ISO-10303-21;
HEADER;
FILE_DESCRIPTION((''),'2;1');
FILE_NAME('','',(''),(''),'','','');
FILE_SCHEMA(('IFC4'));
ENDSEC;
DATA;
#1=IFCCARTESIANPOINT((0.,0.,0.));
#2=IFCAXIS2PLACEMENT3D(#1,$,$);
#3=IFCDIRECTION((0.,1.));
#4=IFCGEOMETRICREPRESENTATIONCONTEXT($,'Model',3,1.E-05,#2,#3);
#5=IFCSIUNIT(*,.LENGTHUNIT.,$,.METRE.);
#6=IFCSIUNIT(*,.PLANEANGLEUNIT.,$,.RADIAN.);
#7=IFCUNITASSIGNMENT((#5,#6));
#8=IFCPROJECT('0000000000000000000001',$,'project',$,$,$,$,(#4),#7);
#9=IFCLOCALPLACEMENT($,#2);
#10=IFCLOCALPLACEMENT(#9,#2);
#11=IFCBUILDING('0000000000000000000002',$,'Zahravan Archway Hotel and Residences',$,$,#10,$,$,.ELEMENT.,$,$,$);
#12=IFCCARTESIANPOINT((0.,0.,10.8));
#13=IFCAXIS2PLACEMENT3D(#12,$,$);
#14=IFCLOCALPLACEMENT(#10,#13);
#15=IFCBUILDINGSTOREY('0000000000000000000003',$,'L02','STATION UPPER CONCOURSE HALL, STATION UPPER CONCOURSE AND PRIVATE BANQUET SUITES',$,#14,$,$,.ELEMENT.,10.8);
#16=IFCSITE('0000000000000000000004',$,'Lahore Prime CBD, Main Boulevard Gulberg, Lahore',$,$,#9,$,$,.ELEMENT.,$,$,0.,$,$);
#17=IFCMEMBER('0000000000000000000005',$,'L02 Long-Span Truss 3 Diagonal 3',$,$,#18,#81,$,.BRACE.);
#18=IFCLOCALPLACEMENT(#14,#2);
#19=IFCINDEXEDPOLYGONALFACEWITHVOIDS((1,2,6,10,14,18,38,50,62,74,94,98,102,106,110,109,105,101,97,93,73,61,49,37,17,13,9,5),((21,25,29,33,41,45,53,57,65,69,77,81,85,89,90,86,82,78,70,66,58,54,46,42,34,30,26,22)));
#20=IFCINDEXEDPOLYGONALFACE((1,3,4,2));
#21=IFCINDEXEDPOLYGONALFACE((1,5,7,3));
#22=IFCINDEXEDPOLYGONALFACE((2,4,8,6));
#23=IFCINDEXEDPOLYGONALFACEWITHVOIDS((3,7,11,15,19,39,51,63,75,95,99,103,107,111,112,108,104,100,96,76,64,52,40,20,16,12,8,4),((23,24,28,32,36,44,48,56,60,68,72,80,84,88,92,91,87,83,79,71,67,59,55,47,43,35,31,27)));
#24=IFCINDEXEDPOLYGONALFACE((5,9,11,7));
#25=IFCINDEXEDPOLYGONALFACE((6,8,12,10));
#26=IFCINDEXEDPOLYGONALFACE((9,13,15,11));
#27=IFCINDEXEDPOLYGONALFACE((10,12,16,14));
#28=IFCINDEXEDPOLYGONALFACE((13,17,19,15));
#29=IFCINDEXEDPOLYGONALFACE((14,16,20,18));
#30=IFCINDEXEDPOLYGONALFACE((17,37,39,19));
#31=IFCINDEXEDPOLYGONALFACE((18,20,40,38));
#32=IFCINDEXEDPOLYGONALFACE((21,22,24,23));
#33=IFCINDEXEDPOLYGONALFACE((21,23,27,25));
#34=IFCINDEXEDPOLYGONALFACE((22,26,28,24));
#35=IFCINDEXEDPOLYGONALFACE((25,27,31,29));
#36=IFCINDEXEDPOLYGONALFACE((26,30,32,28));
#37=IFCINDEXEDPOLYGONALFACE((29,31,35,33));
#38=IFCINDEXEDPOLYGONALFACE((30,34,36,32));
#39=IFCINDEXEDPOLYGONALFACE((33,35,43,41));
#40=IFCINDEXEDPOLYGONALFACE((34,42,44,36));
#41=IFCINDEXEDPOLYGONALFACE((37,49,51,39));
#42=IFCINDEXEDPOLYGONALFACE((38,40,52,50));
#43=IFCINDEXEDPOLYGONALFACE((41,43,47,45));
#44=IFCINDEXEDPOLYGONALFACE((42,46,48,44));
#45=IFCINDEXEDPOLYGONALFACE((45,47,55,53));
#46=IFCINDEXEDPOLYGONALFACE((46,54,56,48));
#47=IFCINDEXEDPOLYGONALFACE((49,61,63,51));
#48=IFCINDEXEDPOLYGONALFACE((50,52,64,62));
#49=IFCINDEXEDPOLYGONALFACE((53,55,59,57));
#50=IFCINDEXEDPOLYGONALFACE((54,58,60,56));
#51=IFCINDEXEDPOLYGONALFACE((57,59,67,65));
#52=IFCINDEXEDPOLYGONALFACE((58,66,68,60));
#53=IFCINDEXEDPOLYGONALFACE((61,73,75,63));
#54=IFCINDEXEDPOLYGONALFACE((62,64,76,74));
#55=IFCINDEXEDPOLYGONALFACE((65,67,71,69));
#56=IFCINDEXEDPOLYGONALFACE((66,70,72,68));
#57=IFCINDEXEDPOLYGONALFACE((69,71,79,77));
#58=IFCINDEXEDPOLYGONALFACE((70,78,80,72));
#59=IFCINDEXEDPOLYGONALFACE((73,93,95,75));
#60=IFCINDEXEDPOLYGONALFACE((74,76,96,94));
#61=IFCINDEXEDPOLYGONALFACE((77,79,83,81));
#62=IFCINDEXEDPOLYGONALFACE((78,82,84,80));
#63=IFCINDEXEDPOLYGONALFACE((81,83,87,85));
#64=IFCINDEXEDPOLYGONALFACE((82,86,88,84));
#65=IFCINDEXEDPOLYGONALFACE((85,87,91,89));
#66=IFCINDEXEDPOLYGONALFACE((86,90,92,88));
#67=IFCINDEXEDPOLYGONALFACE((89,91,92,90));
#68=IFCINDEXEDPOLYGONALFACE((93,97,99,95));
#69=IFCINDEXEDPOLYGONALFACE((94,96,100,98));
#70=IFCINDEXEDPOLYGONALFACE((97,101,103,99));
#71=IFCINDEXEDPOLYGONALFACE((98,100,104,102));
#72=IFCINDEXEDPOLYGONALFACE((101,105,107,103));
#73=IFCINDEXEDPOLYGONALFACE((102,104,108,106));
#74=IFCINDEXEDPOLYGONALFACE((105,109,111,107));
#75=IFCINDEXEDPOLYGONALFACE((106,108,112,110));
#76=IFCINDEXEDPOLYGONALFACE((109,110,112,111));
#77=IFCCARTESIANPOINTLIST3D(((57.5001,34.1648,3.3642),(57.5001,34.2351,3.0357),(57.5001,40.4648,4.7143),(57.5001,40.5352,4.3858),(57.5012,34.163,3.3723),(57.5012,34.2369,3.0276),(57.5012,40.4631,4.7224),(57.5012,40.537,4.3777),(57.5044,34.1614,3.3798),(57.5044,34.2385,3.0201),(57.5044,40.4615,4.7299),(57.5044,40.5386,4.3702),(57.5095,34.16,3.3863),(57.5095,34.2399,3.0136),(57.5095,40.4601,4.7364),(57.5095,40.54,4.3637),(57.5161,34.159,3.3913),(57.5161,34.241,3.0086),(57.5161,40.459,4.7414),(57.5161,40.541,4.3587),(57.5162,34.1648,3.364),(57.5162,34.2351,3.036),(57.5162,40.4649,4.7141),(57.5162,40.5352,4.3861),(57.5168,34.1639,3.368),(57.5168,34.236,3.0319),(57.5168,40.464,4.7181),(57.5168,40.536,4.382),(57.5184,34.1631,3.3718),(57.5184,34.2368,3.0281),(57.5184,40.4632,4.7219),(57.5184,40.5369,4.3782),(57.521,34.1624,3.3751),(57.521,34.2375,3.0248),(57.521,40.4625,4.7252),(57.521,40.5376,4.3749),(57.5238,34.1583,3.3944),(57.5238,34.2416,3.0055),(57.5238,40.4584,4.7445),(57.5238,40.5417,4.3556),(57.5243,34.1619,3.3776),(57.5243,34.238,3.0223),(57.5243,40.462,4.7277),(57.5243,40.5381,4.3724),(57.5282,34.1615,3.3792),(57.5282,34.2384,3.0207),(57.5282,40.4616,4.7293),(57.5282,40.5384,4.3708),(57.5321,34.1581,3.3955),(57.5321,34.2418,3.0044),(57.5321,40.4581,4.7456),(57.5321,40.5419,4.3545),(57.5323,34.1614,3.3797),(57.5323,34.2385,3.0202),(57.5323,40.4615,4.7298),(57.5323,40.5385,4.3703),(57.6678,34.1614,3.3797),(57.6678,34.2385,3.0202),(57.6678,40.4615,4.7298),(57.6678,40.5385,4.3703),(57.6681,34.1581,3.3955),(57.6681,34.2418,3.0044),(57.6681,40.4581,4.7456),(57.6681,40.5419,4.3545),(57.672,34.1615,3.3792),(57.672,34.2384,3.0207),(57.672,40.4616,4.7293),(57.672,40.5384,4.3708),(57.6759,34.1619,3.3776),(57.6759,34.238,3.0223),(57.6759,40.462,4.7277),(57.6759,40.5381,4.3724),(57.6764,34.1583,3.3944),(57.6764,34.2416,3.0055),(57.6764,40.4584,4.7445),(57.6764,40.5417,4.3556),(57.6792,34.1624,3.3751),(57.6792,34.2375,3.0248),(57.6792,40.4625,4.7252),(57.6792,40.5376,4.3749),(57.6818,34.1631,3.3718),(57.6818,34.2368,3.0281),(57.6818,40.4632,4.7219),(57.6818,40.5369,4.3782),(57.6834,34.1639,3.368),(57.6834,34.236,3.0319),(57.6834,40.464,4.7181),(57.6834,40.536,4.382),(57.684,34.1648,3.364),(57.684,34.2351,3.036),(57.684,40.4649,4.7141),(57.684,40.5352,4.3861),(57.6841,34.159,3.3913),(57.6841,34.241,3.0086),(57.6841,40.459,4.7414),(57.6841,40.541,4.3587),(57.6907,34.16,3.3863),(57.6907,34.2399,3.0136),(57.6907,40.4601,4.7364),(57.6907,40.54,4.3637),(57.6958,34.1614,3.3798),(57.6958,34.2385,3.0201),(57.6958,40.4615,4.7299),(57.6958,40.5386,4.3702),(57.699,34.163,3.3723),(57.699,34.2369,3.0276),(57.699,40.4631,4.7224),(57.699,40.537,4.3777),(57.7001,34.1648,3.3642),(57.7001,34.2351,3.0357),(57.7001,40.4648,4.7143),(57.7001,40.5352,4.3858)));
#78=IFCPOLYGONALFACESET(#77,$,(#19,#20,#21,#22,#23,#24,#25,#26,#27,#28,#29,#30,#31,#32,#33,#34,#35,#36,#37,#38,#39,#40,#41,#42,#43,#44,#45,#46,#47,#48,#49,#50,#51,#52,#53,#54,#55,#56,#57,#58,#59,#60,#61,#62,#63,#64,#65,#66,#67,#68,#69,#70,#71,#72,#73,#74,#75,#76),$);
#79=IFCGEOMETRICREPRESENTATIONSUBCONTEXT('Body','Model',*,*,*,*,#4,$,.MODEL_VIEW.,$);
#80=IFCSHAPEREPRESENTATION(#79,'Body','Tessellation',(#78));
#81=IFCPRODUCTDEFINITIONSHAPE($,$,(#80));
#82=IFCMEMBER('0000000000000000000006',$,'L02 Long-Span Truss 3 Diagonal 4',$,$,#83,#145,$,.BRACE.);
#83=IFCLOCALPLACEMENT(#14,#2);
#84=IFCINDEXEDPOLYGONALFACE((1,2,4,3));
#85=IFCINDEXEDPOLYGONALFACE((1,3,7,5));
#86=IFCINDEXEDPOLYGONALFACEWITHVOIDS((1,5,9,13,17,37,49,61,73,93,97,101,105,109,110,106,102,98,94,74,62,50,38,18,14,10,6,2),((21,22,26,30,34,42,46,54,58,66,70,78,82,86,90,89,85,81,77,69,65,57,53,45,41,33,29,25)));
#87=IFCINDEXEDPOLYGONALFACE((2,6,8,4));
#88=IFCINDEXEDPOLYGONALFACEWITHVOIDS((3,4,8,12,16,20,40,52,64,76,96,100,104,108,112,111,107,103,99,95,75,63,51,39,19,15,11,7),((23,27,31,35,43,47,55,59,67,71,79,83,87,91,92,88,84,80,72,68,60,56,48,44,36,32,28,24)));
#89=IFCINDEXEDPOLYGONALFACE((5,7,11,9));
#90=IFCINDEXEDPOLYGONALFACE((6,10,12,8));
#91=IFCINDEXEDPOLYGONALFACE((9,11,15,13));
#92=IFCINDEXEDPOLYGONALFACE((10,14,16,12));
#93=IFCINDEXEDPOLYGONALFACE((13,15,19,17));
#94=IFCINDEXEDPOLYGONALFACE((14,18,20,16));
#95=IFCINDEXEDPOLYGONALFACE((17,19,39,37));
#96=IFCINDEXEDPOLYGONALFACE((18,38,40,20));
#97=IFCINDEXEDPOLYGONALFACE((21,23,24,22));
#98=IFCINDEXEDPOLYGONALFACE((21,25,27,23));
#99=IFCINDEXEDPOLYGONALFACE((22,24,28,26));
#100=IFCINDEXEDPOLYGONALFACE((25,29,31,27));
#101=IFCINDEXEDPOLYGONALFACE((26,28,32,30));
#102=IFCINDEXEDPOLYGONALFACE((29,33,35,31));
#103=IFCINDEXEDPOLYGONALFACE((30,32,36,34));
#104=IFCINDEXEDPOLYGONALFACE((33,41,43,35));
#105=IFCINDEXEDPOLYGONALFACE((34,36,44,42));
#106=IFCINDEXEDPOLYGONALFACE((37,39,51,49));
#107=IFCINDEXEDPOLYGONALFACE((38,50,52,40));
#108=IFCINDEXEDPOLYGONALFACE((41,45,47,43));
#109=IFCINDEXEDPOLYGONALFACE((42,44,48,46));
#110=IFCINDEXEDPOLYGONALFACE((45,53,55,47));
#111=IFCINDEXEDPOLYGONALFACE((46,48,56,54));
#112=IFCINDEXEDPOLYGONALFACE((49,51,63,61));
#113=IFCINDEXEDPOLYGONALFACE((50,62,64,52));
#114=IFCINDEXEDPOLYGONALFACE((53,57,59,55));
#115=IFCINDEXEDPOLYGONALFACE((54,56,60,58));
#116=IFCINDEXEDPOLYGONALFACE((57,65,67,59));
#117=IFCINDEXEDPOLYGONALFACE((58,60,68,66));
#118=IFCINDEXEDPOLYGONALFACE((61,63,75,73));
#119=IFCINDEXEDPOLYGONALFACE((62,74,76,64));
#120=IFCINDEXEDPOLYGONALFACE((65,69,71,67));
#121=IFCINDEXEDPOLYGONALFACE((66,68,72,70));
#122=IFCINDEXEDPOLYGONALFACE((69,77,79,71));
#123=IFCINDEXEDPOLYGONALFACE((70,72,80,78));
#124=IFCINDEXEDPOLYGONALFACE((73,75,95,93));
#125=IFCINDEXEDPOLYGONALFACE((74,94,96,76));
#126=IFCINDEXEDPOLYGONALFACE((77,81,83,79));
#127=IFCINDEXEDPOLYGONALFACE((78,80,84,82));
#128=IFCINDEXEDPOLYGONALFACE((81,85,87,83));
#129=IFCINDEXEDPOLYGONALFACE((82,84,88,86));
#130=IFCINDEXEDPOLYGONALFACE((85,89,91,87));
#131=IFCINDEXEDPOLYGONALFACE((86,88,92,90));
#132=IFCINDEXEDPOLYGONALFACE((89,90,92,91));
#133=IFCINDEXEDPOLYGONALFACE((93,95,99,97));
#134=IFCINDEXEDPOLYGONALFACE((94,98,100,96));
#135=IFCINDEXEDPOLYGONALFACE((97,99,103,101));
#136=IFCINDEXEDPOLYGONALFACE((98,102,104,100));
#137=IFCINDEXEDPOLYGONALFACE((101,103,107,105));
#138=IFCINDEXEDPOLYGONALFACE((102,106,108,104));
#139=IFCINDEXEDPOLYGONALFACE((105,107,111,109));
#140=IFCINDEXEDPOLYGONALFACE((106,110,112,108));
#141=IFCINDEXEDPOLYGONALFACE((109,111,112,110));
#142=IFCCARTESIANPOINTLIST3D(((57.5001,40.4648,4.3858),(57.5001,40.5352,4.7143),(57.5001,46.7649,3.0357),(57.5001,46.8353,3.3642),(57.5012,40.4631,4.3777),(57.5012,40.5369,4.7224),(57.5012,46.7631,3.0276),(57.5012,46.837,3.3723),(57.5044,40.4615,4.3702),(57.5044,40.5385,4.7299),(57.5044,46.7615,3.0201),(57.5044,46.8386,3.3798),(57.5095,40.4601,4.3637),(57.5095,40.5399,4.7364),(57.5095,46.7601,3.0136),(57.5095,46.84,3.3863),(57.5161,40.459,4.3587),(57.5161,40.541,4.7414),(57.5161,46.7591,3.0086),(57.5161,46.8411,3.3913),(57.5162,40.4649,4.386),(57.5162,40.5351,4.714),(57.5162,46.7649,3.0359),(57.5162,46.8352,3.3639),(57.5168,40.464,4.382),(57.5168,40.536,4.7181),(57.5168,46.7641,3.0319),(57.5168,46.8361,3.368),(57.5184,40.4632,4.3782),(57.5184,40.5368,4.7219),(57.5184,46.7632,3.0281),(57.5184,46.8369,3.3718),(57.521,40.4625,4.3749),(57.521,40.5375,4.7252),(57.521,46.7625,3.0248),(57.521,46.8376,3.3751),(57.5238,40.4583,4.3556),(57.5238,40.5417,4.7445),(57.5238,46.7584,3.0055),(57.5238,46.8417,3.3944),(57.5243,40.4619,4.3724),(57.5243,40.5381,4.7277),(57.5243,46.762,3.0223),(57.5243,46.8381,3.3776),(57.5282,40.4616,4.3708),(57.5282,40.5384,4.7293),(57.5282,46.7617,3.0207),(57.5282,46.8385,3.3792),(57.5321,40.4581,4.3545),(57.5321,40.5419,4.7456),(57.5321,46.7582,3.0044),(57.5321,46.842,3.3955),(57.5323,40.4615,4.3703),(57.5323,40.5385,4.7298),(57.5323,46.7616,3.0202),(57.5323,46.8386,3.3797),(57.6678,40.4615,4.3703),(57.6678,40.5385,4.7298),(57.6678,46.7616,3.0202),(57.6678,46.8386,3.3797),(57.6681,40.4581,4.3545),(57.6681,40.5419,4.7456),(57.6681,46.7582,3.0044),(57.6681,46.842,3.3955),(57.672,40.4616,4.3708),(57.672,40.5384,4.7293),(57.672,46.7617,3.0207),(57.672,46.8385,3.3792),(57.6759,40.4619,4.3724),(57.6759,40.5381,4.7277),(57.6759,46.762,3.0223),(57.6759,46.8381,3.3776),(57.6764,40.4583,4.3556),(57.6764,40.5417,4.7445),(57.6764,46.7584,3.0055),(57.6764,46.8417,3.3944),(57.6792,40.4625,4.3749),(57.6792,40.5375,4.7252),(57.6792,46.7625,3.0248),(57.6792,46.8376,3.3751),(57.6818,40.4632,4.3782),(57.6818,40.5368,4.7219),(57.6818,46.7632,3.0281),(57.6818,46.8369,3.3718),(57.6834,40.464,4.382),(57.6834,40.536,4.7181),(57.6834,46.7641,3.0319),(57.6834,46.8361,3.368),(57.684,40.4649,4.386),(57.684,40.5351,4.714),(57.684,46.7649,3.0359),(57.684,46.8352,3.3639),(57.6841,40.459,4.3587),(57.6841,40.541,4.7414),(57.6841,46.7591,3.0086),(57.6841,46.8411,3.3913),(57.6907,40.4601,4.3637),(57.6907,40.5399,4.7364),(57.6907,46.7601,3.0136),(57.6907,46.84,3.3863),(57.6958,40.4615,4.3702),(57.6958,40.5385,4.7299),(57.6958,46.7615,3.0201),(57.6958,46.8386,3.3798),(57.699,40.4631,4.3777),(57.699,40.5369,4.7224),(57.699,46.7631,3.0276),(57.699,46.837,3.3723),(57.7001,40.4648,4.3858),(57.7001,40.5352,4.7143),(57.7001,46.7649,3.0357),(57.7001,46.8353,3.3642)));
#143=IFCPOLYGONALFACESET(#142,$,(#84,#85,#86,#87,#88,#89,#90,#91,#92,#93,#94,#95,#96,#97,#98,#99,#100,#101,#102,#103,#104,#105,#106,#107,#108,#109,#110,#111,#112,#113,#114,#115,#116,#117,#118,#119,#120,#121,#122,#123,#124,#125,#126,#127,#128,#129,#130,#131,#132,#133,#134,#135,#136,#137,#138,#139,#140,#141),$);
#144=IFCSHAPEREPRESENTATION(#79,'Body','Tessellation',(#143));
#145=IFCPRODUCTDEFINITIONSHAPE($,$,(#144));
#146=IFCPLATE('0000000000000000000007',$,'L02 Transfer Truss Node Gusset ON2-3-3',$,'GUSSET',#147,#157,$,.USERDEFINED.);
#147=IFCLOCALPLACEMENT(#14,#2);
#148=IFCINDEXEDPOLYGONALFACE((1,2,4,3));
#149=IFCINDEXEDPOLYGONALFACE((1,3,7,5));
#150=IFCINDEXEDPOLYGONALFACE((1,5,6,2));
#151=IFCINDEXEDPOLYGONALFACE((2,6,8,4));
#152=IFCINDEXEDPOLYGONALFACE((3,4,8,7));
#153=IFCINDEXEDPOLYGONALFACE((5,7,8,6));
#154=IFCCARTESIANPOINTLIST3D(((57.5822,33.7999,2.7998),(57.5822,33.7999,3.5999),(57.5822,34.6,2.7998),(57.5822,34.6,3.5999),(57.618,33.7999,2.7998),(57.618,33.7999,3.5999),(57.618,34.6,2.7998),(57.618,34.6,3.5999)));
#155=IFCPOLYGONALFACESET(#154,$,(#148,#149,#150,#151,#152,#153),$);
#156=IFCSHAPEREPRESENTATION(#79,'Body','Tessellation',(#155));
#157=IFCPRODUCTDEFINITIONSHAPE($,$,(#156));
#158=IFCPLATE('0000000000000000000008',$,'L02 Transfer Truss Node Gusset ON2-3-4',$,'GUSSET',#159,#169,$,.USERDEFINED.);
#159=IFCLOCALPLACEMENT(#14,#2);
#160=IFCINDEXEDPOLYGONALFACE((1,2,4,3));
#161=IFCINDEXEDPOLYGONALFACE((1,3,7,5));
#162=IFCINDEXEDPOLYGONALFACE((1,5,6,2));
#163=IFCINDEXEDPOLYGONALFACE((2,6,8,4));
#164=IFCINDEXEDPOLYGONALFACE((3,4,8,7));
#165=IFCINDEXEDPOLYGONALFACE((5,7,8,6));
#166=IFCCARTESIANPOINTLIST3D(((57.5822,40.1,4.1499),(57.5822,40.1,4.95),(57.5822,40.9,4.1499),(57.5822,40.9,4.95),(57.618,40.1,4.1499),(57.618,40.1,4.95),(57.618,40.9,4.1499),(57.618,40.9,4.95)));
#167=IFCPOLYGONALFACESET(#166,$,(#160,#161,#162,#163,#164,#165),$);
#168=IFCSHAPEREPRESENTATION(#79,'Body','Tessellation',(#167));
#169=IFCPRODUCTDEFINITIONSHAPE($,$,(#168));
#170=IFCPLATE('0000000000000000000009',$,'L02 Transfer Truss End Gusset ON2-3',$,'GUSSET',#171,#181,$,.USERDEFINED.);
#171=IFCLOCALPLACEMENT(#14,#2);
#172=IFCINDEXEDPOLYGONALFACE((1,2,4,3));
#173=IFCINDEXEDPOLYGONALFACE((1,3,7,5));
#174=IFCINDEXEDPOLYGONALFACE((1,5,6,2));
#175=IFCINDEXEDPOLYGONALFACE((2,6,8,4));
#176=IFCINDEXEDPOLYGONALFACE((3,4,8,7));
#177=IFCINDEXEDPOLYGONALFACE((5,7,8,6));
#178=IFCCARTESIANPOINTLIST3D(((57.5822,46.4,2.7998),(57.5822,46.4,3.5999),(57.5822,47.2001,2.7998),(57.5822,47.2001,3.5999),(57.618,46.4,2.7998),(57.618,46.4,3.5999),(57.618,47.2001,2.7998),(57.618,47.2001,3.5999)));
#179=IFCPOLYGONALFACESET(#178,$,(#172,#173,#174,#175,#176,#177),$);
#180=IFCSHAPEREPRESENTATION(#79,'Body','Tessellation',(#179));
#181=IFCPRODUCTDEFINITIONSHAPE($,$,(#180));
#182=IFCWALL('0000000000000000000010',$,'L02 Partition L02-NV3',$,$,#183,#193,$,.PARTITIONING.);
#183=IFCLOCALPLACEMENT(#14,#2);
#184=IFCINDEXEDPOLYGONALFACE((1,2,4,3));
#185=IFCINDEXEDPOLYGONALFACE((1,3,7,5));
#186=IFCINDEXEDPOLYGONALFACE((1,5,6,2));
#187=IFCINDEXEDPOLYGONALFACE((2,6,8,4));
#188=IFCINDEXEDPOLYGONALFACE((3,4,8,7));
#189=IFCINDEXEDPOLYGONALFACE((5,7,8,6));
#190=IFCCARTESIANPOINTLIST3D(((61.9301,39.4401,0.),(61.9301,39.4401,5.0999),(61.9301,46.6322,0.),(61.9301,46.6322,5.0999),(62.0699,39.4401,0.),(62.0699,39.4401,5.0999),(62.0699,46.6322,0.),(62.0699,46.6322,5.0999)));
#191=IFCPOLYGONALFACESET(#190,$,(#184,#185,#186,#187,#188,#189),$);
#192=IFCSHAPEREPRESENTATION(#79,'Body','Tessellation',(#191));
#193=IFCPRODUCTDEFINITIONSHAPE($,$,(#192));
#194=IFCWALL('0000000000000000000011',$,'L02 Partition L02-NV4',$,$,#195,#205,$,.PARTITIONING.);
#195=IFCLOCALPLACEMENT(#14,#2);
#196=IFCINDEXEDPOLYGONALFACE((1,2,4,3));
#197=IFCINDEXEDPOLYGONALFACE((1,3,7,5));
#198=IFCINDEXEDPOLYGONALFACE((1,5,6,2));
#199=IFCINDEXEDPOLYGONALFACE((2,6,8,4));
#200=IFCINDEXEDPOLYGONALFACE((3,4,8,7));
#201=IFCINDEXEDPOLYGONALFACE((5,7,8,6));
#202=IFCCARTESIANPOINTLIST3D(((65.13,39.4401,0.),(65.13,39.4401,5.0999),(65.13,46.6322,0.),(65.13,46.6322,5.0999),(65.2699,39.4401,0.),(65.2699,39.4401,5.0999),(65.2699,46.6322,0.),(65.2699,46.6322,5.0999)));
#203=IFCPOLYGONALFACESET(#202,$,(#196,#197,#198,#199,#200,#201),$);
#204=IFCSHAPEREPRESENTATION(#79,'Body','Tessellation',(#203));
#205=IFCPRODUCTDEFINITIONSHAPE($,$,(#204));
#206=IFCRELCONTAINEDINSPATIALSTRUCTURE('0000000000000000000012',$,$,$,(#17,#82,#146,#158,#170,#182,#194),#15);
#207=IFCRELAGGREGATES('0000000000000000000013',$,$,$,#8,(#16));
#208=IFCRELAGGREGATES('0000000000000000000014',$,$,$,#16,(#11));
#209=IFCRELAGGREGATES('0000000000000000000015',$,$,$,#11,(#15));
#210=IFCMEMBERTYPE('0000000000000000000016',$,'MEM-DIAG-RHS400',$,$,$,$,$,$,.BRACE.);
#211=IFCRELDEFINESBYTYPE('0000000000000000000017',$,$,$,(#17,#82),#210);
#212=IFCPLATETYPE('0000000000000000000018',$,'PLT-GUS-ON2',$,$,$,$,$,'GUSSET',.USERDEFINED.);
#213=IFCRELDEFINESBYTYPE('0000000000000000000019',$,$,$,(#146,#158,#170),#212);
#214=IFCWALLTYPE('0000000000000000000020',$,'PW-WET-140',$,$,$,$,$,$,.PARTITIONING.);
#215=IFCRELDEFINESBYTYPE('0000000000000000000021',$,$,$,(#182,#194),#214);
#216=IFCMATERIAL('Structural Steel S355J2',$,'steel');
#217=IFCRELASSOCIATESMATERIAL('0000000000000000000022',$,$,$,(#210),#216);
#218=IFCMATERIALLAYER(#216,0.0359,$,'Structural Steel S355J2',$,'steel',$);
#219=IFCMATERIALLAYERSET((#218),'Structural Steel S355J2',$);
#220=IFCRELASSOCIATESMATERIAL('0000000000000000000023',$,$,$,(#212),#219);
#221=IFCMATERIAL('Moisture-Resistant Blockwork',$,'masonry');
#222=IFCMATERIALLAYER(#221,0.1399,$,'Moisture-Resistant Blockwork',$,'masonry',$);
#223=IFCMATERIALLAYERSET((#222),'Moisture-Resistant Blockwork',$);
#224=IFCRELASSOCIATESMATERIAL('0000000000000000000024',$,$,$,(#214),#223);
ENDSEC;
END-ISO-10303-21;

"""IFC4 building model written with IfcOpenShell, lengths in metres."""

from ifc_helpers import new_model, si_unit, direction, frame, frame_2d, origin, origin_2d, place, context, subcontext, project, spatial, rectangle, hollow_rectangle, extrude, source, transform, mapped, material, layer, layer_set, material_profile, profile_set, type_object, type_shapes, element, save


model = new_model("IFC4")

# Units and contexts
model_context = context("Model", 3, precision=1e-05, world=origin(), true_north=direction((0.0, 1.0)))
body_context = subcontext(model_context, "Body", "Model", "MODEL_VIEW")
ifc_project = project(units=[si_unit("LENGTHUNIT", "METRE"), si_unit("PLANEANGLEUNIT", "RADIAN")], contexts=[model_context])

# Site, building, storey
site_placement = place(None, origin())
site = spatial("IfcSite", under=ifc_project, at=site_placement, Name="Lahore Prime CBD, Main Boulevard Gulberg, Lahore", CompositionType="ELEMENT", RefElevation=0.0)
building_placement = place(site_placement, origin())
building = spatial("IfcBuilding", under=site, at=building_placement, Name="Zahravan Archway Hotel and Residences", CompositionType="ELEMENT")
storey_placement = place(building_placement, frame((0.0, 0.0, 10.8)))
storey = spatial("IfcBuildingStorey", under=building, at=storey_placement, Name="L02", Description="STATION UPPER CONCOURSE HALL, STATION UPPER CONCOURSE AND PRIVATE BANQUET SUITES", CompositionType="ELEMENT", Elevation=10.8)

# Shared definitions
ifc_material_1 = material(Name="Structural Steel S355J2", Category="steel")

# Members
ifc_material_profile_1 = material_profile(ifc_material_1, hollow_rectangle(XDim=0.2, YDim=0.3999, WallThickness=0.0161, InnerFilletRadius=0.0161, OuterFilletRadius=0.032, at=origin_2d()), Name="RHS 400x200x16", Category="steel")
ifc_profile_set_1 = profile_set([ifc_material_profile_1], Name="Structural Steel S355J2")
member_type_1 = type_object("IfcMemberType", Name="MEM-DIAG-RHS400", PredefinedType="BRACE", material=ifc_profile_set_1)
shared_shape_1 = source(origin(), body_context, "Body", "SweptSolid", [
    extrude(hollow_rectangle(XDim=0.2, YDim=0.3999, WallThickness=0.0161, InnerFilletRadius=0.0161, OuterFilletRadius=0.032, at=origin_2d()), origin(), (0.0, 0.0, 1.0), 6.4431),
])
for number, where, z_axis, x_axis, name in (
    (1, (57.6001, 34.2, 3.2), (0.0, 0.9778, 0.209542), (-1.0, 0.0, 0.0), "L02 Long-Span Truss 3 Diagonal 3"),
    (2, (57.6001, 40.5, 4.55), (0.0, 0.9778, -0.209542), (-1.0, 0.0, 0.0), "L02 Long-Span Truss 3 Diagonal 4"),
):
    element("IfcMember", number, at=place(storey_placement, frame(where, z_axis=z_axis, x_axis=x_axis)), inside=storey, type_object=member_type_1, Name=name, PredefinedType="BRACE", context=body_context, shape_type="MappedRepresentation", body=[
        mapped(shared_shape_1, transform((0.0, 0.0, 0.0), scale=1.0)),
    ])

# Plates
ifc_layer_1 = layer(ifc_material_1, 0.0359, Name="Structural Steel S355J2", Category="steel")
ifc_layer_set_1 = layer_set([ifc_layer_1], Name="Structural Steel S355J2")
plate_type = type_object("IfcPlateType", Name="PLT-GUS-ON2", ElementType="GUSSET", PredefinedType="USERDEFINED", material=ifc_layer_set_1)
shared_shape_2 = source(origin(), body_context, "Body", "SweptSolid", [
    extrude(rectangle(XDim=0.8, YDim=0.0359, at=origin_2d()), origin(), (0.0, 0.0, 1.0), 0.8),
])
type_shapes(plate_type, [shared_shape_2])
for number, where, z_axis, x_axis, name in (
    (3, (57.6001, 34.2, 2.7998), (0.0, 0.0, 1.0), (0.0, 1.0, 0.0), "L02 Transfer Truss Node Gusset ON2-3-3"),
    (4, (57.6001, 40.5, 4.1499), (0.0, 0.0, 1.0), (0.0, 1.0, 0.0), "L02 Transfer Truss Node Gusset ON2-3-4"),
    (5, (57.6001, 46.8, 2.7998), (0.0, 0.0, 1.0), (0.0, 1.0, 0.0), "L02 Transfer Truss End Gusset ON2-3"),
):
    element("IfcPlate", number, at=place(storey_placement, frame(where, z_axis=z_axis, x_axis=x_axis)), inside=storey, type_object=plate_type, Name=name, ObjectType="GUSSET", PredefinedType="USERDEFINED", context=body_context, shape_type="MappedRepresentation", body=[
        mapped(shared_shape_2, transform((0.0, 0.0, 0.0), scale=1.0)),
    ])

# Walls
ifc_material_2 = material(Name="Moisture-Resistant Blockwork", Category="masonry")
ifc_layer_2 = layer(ifc_material_2, 0.1399, Name="Moisture-Resistant Blockwork", Category="masonry")
ifc_layer_set_2 = layer_set([ifc_layer_2], Name="Moisture-Resistant Blockwork")
wall_type_1 = type_object("IfcWallType", Name="PW-WET-140", PredefinedType="PARTITIONING", material=ifc_layer_set_2)
for number, where, z_axis, x_axis, name in (
    (6, (62.0, 39.4399, 0.0), (0.0, 0.0, 1.0), (0.0, 1.0, 0.0), "L02 Partition L02-NV3"),
    (7, (65.2, 39.4399, 0.0), (0.0, 0.0, 1.0), (0.0, 1.0, 0.0), "L02 Partition L02-NV4"),
):
    element("IfcWall", number, at=place(storey_placement, frame(where, z_axis=z_axis, x_axis=x_axis)), inside=storey, type_object=wall_type_1, Name=name, PredefinedType="PARTITIONING", context=body_context, shape_type="SweptSolid", body=[
        extrude(rectangle(XDim=7.1921, YDim=0.1399, at=frame_2d((3.5962, 0.0))), origin(), (0.0, 0.0, 1.0), 5.0999),
    ])

save(model, "model.ifc")
